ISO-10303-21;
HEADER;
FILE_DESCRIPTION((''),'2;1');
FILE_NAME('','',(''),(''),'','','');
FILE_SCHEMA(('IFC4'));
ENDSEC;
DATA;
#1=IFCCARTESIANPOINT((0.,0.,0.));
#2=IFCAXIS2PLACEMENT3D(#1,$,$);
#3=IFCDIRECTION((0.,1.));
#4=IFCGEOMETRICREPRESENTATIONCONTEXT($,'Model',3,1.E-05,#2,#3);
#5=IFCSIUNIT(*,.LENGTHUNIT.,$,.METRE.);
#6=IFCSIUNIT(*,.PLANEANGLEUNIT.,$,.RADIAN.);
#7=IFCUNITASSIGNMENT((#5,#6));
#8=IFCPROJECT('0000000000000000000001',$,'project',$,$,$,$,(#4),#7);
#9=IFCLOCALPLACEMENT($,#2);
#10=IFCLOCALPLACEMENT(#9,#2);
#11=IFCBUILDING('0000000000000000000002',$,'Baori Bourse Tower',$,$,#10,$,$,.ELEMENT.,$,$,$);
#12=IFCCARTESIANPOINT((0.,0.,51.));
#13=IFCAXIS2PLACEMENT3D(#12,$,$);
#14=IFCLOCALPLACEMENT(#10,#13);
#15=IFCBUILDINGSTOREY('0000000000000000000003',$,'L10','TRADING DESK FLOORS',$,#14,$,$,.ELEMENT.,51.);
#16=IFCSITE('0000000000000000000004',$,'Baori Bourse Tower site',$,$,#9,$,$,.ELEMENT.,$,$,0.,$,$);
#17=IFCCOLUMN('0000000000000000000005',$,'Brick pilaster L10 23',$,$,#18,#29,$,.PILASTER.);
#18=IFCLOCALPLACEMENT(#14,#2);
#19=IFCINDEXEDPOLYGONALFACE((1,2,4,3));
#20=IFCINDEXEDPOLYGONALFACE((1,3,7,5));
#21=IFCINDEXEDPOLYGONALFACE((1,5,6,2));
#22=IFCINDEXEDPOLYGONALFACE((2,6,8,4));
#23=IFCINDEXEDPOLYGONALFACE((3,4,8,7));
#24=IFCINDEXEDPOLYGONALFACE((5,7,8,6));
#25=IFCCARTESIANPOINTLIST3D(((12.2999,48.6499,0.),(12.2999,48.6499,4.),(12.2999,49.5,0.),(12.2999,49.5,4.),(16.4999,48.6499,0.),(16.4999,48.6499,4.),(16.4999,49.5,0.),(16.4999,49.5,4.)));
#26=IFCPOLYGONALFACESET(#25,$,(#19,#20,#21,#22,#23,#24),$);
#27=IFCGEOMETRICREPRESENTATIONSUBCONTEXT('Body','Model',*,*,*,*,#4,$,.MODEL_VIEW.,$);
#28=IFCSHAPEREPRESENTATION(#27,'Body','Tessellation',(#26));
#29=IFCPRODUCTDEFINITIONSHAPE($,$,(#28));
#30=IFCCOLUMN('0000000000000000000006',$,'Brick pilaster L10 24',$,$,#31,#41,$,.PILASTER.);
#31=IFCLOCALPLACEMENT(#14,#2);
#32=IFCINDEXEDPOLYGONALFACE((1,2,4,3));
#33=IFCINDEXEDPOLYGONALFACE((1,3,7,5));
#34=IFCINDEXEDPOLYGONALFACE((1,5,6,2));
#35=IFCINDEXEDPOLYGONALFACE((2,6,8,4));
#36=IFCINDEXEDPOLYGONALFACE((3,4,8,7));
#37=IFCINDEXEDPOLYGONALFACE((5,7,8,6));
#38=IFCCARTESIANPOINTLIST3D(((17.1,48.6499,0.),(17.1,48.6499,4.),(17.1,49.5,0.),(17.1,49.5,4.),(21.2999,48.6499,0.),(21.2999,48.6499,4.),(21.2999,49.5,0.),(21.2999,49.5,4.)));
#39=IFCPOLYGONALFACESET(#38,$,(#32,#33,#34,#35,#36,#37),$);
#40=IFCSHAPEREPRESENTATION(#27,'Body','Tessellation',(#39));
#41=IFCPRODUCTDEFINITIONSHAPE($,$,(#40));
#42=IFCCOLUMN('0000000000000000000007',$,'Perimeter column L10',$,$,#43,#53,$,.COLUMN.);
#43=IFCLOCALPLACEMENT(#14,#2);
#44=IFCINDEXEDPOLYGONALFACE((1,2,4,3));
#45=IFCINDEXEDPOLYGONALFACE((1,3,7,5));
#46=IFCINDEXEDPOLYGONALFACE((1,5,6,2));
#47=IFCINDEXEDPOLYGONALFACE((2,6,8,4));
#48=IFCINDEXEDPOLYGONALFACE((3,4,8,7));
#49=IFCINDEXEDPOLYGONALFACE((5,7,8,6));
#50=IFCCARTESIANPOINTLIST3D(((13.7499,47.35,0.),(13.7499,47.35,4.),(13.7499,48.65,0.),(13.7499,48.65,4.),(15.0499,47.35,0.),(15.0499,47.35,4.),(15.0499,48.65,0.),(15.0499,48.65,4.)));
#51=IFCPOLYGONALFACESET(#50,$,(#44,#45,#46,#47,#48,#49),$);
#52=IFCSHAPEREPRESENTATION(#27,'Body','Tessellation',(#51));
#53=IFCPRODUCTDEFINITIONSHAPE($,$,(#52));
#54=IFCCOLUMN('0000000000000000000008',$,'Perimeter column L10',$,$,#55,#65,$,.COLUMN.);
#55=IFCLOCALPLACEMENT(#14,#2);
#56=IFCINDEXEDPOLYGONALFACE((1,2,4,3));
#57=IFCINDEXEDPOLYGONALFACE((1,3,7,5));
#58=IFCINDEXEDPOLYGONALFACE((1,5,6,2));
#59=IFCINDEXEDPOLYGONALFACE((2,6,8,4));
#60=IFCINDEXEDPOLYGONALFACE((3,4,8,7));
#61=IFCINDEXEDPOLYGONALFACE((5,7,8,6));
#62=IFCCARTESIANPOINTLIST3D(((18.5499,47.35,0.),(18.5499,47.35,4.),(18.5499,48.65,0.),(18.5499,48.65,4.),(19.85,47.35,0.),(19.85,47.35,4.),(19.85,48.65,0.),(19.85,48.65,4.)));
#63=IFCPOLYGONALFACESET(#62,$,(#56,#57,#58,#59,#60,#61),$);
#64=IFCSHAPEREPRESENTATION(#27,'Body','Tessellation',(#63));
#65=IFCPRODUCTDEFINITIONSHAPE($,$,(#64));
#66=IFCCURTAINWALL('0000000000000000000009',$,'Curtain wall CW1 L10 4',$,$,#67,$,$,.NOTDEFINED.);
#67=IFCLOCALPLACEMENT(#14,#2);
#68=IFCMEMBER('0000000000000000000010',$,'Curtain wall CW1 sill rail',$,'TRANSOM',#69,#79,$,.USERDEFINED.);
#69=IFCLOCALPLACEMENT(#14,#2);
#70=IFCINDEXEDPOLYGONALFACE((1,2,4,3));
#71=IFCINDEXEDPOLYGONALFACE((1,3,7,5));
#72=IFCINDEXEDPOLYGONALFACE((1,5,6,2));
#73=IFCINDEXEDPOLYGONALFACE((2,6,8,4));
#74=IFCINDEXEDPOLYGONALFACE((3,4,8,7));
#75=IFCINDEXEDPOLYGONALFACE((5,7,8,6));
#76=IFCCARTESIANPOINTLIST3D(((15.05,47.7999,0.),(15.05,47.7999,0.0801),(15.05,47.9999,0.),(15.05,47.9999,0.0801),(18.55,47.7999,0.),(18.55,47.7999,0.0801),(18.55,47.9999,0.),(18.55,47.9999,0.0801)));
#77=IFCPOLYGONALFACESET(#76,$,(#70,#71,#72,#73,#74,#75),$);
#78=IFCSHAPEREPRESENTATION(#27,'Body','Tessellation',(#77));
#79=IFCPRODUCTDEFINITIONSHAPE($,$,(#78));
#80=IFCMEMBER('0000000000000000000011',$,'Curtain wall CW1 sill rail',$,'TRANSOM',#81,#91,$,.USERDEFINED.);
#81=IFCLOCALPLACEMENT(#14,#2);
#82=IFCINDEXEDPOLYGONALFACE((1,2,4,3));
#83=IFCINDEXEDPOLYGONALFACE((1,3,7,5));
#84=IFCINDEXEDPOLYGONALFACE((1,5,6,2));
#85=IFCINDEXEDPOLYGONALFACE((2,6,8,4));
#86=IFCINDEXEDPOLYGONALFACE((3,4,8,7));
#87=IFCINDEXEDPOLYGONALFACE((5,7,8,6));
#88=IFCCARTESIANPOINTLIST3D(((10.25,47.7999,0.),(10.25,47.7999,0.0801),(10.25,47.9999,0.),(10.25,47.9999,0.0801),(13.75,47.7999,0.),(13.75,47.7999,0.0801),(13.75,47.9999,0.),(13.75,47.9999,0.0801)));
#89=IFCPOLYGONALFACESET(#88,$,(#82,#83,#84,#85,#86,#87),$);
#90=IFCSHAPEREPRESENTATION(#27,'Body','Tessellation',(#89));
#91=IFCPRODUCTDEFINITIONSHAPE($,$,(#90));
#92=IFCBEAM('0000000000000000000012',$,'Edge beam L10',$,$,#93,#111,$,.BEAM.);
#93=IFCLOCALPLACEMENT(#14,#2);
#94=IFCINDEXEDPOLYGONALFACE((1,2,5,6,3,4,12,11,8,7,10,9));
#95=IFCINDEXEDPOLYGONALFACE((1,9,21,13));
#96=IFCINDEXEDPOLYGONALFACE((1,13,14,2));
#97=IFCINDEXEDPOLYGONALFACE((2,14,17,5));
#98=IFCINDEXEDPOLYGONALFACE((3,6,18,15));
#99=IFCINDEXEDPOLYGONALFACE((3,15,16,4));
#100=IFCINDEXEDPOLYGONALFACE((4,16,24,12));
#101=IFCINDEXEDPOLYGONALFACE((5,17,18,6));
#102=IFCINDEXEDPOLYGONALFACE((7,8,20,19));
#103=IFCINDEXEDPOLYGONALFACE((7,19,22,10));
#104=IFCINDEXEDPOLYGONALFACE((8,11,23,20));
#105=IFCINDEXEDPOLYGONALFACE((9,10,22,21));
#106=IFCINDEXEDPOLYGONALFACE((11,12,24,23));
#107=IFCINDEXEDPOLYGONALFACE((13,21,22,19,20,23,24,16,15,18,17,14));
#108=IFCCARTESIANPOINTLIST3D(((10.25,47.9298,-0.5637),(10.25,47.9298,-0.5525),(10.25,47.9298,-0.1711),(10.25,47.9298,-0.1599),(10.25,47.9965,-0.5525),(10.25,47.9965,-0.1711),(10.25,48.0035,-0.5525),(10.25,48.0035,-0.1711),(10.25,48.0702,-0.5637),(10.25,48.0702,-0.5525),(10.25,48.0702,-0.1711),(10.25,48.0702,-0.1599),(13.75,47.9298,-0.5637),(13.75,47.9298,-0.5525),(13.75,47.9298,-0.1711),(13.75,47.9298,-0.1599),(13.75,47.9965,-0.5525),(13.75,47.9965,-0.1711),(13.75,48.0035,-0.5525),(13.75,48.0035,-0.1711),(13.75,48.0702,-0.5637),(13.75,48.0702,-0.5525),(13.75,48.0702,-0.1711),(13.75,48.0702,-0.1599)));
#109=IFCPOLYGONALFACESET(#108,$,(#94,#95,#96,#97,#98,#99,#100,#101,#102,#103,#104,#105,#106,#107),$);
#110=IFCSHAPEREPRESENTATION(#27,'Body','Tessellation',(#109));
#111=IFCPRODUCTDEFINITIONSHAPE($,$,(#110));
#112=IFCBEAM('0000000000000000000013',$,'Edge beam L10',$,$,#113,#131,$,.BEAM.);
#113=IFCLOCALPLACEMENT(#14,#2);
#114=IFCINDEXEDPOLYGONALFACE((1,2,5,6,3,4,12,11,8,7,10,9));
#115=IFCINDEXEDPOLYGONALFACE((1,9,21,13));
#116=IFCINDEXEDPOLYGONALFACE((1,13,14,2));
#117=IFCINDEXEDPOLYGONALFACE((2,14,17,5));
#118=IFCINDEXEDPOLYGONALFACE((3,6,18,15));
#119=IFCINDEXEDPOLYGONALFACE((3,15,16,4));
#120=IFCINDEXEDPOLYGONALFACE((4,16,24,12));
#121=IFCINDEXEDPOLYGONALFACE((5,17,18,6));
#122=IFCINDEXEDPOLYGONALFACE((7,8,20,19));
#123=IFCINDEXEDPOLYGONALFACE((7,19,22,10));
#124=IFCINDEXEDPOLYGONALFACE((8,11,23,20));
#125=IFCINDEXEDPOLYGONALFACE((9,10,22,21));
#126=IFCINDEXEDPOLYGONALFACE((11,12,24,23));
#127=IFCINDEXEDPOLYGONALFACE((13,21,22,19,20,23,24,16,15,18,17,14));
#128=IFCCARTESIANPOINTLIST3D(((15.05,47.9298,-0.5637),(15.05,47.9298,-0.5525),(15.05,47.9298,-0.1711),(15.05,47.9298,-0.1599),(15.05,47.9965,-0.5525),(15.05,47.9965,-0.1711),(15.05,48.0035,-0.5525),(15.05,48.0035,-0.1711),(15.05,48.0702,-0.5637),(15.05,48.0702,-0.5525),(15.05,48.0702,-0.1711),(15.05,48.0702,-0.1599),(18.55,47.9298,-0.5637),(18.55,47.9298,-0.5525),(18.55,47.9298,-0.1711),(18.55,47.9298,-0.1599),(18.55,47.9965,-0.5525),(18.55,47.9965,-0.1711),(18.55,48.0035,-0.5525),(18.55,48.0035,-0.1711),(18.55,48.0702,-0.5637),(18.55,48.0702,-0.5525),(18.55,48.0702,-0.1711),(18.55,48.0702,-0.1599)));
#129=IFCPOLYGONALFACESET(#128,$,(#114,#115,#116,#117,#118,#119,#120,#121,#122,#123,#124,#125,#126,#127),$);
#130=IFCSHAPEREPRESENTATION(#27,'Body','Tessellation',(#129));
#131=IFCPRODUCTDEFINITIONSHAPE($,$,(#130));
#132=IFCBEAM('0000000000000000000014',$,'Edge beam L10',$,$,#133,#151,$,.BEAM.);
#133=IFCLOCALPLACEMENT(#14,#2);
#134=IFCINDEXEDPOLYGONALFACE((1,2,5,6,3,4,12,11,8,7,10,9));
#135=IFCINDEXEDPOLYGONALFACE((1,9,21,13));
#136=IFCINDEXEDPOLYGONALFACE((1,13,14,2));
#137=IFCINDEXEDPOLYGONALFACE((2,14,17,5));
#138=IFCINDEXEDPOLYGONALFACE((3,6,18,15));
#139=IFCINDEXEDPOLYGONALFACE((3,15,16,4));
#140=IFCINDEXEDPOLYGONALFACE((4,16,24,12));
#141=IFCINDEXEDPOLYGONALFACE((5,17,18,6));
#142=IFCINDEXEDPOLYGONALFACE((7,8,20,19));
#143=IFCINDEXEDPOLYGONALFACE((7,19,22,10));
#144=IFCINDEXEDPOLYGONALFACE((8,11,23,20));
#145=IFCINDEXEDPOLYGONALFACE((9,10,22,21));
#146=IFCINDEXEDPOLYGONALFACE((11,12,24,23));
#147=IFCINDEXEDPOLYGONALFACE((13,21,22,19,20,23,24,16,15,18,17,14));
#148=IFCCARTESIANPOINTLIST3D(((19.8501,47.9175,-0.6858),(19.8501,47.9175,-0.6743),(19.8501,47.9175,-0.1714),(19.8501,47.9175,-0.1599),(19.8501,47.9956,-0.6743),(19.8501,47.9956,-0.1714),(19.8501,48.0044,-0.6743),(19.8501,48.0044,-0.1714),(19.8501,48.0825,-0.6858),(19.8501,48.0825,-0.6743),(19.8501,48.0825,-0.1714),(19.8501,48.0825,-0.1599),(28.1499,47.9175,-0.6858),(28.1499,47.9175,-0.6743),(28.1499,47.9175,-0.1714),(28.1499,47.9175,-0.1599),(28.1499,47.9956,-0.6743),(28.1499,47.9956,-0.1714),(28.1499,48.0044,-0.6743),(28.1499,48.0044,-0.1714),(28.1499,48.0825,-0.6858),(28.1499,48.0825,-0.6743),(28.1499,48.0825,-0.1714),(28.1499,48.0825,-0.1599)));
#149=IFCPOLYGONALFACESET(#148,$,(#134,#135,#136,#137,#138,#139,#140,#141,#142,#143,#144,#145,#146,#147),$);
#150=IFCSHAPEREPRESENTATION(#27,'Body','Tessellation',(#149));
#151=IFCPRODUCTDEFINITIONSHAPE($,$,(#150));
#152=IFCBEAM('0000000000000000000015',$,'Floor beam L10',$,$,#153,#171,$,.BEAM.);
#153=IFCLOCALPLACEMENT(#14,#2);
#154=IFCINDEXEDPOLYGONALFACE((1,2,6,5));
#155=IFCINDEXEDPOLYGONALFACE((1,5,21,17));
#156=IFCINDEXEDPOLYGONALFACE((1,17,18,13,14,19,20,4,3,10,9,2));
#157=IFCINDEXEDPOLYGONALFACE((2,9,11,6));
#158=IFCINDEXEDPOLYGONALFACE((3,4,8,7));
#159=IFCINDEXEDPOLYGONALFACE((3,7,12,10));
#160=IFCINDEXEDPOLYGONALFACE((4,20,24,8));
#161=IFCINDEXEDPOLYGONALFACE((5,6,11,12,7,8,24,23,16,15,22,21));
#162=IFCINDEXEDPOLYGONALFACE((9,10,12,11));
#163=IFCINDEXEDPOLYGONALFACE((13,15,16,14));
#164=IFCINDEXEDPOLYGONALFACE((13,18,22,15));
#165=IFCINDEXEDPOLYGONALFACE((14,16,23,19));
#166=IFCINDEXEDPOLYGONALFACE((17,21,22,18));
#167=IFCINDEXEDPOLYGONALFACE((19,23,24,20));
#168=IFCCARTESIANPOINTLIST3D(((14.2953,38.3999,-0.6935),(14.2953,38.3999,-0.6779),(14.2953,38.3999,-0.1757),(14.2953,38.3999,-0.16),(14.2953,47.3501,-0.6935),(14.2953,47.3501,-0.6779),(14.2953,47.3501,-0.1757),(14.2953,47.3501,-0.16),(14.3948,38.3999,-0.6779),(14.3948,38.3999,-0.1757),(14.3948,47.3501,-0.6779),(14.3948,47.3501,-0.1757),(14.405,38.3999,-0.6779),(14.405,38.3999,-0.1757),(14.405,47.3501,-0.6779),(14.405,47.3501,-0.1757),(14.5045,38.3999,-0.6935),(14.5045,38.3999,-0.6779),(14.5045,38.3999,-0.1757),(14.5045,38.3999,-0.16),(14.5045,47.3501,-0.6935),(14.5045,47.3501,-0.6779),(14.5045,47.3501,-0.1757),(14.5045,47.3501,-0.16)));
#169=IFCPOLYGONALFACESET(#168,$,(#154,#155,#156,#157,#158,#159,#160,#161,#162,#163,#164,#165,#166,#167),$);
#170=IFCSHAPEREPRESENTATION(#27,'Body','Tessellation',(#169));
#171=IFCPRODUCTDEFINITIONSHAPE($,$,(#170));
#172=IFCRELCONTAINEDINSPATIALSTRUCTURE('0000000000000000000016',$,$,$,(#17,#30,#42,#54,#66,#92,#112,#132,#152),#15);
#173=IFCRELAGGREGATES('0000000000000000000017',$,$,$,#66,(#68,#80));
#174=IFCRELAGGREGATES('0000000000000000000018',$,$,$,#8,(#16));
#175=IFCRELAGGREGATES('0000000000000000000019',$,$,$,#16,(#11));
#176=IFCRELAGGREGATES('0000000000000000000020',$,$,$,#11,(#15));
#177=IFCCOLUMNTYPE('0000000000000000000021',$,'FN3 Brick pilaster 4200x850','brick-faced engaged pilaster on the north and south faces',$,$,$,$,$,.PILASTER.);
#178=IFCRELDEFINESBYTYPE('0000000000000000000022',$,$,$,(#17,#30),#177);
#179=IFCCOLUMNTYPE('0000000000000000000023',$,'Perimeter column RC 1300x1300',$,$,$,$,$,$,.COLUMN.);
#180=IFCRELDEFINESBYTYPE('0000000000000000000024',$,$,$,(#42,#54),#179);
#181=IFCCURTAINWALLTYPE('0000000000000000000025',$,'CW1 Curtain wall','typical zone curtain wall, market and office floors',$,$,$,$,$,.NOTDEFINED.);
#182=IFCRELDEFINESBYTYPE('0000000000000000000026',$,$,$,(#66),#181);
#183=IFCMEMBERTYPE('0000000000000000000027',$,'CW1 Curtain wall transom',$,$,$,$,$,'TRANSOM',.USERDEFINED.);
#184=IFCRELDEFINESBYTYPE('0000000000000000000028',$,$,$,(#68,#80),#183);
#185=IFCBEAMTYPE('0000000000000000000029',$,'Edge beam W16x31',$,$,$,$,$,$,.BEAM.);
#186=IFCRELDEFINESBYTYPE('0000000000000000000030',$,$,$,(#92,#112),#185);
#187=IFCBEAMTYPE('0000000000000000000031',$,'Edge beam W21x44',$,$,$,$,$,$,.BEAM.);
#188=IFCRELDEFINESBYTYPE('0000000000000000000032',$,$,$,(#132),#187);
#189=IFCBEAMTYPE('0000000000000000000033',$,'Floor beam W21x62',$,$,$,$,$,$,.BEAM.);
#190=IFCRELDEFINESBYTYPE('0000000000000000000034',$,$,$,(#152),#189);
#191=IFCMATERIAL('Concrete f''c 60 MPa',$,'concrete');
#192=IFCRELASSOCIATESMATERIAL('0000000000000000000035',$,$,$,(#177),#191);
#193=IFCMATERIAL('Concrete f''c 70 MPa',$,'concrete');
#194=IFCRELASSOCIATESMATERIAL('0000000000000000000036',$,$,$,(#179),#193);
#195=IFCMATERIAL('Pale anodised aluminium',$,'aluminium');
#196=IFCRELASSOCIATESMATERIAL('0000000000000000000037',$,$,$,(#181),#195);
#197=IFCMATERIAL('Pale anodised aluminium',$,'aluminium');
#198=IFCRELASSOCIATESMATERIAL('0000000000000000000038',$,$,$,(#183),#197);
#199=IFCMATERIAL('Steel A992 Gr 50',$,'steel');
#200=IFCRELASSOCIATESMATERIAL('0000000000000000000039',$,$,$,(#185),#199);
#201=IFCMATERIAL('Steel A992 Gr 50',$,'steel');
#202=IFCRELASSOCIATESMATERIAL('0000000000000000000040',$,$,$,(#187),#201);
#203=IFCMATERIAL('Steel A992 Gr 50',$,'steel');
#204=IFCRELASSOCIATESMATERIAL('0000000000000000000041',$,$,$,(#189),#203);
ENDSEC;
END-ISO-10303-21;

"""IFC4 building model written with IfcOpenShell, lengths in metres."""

from ifc_helpers import new_model, si_unit, direction, frame, origin, origin_2d, place, context, subcontext, project, spatial, rectangle, i_section, extrude, material, material_profile, profile_set, type_object, element, aggregate, save


model = new_model("IFC4")

# Units and contexts
model_context = context("Model", 3, precision=1e-05, world=origin(), true_north=direction((0.0, 1.0)))
body_context = subcontext(model_context, "Body", "Model", "MODEL_VIEW")
ifc_project = project(units=[si_unit("LENGTHUNIT", "METRE"), si_unit("PLANEANGLEUNIT", "RADIAN")], contexts=[model_context])

# Site, building, storey
site_placement = place(None, origin())
site = spatial("IfcSite", under=ifc_project, at=site_placement, Name="Baori Bourse Tower site", CompositionType="ELEMENT", RefElevation=0.0)
building_placement = place(site_placement, origin())
building = spatial("IfcBuilding", under=site, at=building_placement, Name="Baori Bourse Tower", CompositionType="ELEMENT")
storey_placement = place(building_placement, frame((0.0, 0.0, 51.0)))
storey = spatial("IfcBuildingStorey", under=building, at=storey_placement, Name="L10", Description="TRADING DESK FLOORS", CompositionType="ELEMENT", Elevation=51.0)

# Columns
ifc_material_1 = material(Name="Concrete f'c 60 MPa", Category="concrete")
ifc_material_profile_1 = material_profile(ifc_material_1, rectangle(XDim=4.2, YDim=0.8501, at=origin_2d()), Name="RC 4200x850")
ifc_profile_set_1 = profile_set([ifc_material_profile_1], Name="Concrete f'c 60 MPa")
column_type_1 = type_object("IfcColumnType", Name="FN3 Brick pilaster 4200x850", Description="brick-faced engaged pilaster on the north and south faces", PredefinedType="PILASTER", material=ifc_profile_set_1)
for number, where, z_axis, x_axis, name in (
    (1, (14.3999, 49.075, 0.0), (0.0, 0.0, 1.0), (1.0, 0.0, 0.0), "Brick pilaster L10 23"),
    (2, (19.2, 49.075, 0.0), (0.0, 0.0, 1.0), (1.0, 0.0, 0.0), "Brick pilaster L10 24"),
):
    element("IfcColumn", number, at=place(storey_placement, frame(where, z_axis=z_axis, x_axis=x_axis)), inside=storey, type_object=column_type_1, Name=name, PredefinedType="PILASTER", context=body_context, shape_type="SweptSolid", body=[
        extrude(rectangle(XDim=4.2, YDim=0.8501, at=origin_2d()), origin(), (0.0, 0.0, 1.0), 4.0),
    ])
ifc_material_2 = material(Name="Concrete f'c 70 MPa", Category="concrete")
ifc_material_profile_2 = material_profile(ifc_material_2, rectangle(XDim=1.3, YDim=1.3, at=origin_2d()), Name="RC 1300x1300")
ifc_profile_set_2 = profile_set([ifc_material_profile_2], Name="Concrete f'c 70 MPa")
column_type_2 = type_object("IfcColumnType", Name="Perimeter column RC 1300x1300", PredefinedType="COLUMN", material=ifc_profile_set_2)
for number, where, z_axis, x_axis, name in (
    (3, (14.3999, 48.0, 0.0), (0.0, 0.0, 1.0), (1.0, 0.0, 0.0), "Perimeter column L10"),
    (4, (19.2, 48.0, 0.0), (0.0, 0.0, 1.0), (1.0, 0.0, 0.0), "Perimeter column L10"),
):
    element("IfcColumn", number, at=place(storey_placement, frame(where, z_axis=z_axis, x_axis=x_axis)), inside=storey, type_object=column_type_2, Name=name, PredefinedType="COLUMN", context=body_context, shape_type="SweptSolid", body=[
        extrude(rectangle(XDim=1.3, YDim=1.3, at=origin_2d()), origin(), (0.0, 0.0, 1.0), 4.0),
    ])

# Curtain wall, members
ifc_material_3 = material(Name="Pale anodised aluminium", Category="aluminium")
curtain_wall_type = type_object("IfcCurtainWallType", Name="CW1 Curtain wall", Description="typical zone curtain wall, market and office floors", PredefinedType="NOTDEFINED", material=ifc_material_3)
curtain_wall_placement = place(storey_placement, origin())
curtain_wall = element("IfcCurtainWall", 5, at=curtain_wall_placement, inside=storey, type_object=curtain_wall_type, Name="Curtain wall CW1 L10 4", PredefinedType="NOTDEFINED")
ifc_material_4 = material(Name="Pale anodised aluminium", Category="aluminium")
ifc_material_profile_3 = material_profile(ifc_material_4, rectangle(XDim=0.2, YDim=0.0801, at=origin_2d()), Name="Transom 80x200")
ifc_profile_set_3 = profile_set([ifc_material_profile_3], Name="Pale anodised aluminium")
member_type = type_object("IfcMemberType", Name="CW1 Curtain wall transom", ElementType="TRANSOM", PredefinedType="USERDEFINED", material=ifc_profile_set_3)
member_1_placement = place(storey_placement, frame((18.55, 47.8999, 0.04), z_axis=(-1.0, 0.0, 0.0), x_axis=(0.0, -1.0, 0.0)))
member_1 = element("IfcMember", 6, at=member_1_placement, type_object=member_type, Name="Curtain wall CW1 sill rail", ObjectType="TRANSOM", PredefinedType="USERDEFINED", context=body_context, shape_type="SweptSolid", body=[
    extrude(rectangle(XDim=0.2, YDim=0.0801, at=origin_2d()), origin(), (0.0, 0.0, 1.0), 3.5),
])
member_2_placement = place(storey_placement, frame((13.75, 47.8999, 0.04), z_axis=(-1.0, 0.0, 0.0), x_axis=(0.0, -1.0, 0.0)))
member_2 = element("IfcMember", 7, at=member_2_placement, type_object=member_type, Name="Curtain wall CW1 sill rail", ObjectType="TRANSOM", PredefinedType="USERDEFINED", context=body_context, shape_type="SweptSolid", body=[
    extrude(rectangle(XDim=0.2, YDim=0.0801, at=origin_2d()), origin(), (0.0, 0.0, 1.0), 3.5),
])

# Beams
ifc_material_5 = material(Name="Steel A992 Gr 50", Category="steel")
ifc_material_profile_4 = material_profile(ifc_material_5, i_section(OverallWidth=0.1404, OverallDepth=0.4038, WebThickness=0.0071, FlangeThickness=0.0112, at=origin_2d()), Name="W16x31")
ifc_profile_set_4 = profile_set([ifc_material_profile_4], Name="Steel A992 Gr 50")
beam_type_1 = type_object("IfcBeamType", Name="Edge beam W16x31", PredefinedType="BEAM", material=ifc_profile_set_4)
for number, where, z_axis, x_axis, name in (
    (8, (10.25, 48.0, -0.3618), (1.0, 0.0, 0.0), (0.0, 1.0, 0.0), "Edge beam L10"),
    (9, (15.05, 48.0, -0.3618), (1.0, 0.0, 0.0), (0.0, 1.0, 0.0), "Edge beam L10"),
):
    element("IfcBeam", number, at=place(storey_placement, frame(where, z_axis=z_axis, x_axis=x_axis)), inside=storey, type_object=beam_type_1, Name=name, PredefinedType="BEAM", context=body_context, shape_type="SweptSolid", body=[
        extrude(i_section(OverallWidth=0.1404, OverallDepth=0.4038, WebThickness=0.0071, FlangeThickness=0.0112, at=origin_2d()), origin(), (0.0, 0.0, 1.0), 3.5),
    ])
ifc_material_6 = material(Name="Steel A992 Gr 50", Category="steel")
ifc_material_profile_5 = material_profile(ifc_material_6, i_section(OverallWidth=0.165, OverallDepth=0.5259, WebThickness=0.0088, FlangeThickness=0.0115, at=origin_2d()), Name="W21x44")
ifc_profile_set_5 = profile_set([ifc_material_profile_5], Name="Steel A992 Gr 50")
beam_type_2 = type_object("IfcBeamType", Name="Edge beam W21x44", PredefinedType="BEAM", material=ifc_profile_set_5)
beam_1_placement = place(storey_placement, frame((19.8501, 48.0, -0.4229), z_axis=(1.0, 0.0, 0.0), x_axis=(0.0, 1.0, 0.0)))
element("IfcBeam", 10, at=beam_1_placement, inside=storey, type_object=beam_type_2, Name="Edge beam L10", PredefinedType="BEAM", context=body_context, shape_type="SweptSolid", body=[
    extrude(i_section(OverallWidth=0.165, OverallDepth=0.5259, WebThickness=0.0088, FlangeThickness=0.0115, at=origin_2d()), origin(), (0.0, 0.0, 1.0), 8.2998),
])
ifc_material_7 = material(Name="Steel A992 Gr 50", Category="steel")
ifc_material_profile_6 = material_profile(ifc_material_7, i_section(OverallWidth=0.2092, OverallDepth=0.5334, WebThickness=0.0103, FlangeThickness=0.0156, at=origin_2d()), Name="W21x62")
ifc_profile_set_6 = profile_set([ifc_material_profile_6], Name="Steel A992 Gr 50")
beam_type_3 = type_object("IfcBeamType", Name="Floor beam W21x62", PredefinedType="BEAM", material=ifc_profile_set_6)
beam_2_placement = place(storey_placement, frame((14.3999, 38.3999, -0.4268), z_axis=(0.0, 1.0, 0.0), x_axis=(-1.0, 0.0, 0.0)))
element("IfcBeam", 11, at=beam_2_placement, inside=storey, type_object=beam_type_3, Name="Floor beam L10", PredefinedType="BEAM", context=body_context, shape_type="SweptSolid", body=[
    extrude(i_section(OverallWidth=0.2092, OverallDepth=0.5334, WebThickness=0.0103, FlangeThickness=0.0156, at=origin_2d()), origin(), (0.0, 0.0, 1.0), 8.9502),
])

aggregate(curtain_wall, [member_1, member_2])

save(model, "model.ifc")
